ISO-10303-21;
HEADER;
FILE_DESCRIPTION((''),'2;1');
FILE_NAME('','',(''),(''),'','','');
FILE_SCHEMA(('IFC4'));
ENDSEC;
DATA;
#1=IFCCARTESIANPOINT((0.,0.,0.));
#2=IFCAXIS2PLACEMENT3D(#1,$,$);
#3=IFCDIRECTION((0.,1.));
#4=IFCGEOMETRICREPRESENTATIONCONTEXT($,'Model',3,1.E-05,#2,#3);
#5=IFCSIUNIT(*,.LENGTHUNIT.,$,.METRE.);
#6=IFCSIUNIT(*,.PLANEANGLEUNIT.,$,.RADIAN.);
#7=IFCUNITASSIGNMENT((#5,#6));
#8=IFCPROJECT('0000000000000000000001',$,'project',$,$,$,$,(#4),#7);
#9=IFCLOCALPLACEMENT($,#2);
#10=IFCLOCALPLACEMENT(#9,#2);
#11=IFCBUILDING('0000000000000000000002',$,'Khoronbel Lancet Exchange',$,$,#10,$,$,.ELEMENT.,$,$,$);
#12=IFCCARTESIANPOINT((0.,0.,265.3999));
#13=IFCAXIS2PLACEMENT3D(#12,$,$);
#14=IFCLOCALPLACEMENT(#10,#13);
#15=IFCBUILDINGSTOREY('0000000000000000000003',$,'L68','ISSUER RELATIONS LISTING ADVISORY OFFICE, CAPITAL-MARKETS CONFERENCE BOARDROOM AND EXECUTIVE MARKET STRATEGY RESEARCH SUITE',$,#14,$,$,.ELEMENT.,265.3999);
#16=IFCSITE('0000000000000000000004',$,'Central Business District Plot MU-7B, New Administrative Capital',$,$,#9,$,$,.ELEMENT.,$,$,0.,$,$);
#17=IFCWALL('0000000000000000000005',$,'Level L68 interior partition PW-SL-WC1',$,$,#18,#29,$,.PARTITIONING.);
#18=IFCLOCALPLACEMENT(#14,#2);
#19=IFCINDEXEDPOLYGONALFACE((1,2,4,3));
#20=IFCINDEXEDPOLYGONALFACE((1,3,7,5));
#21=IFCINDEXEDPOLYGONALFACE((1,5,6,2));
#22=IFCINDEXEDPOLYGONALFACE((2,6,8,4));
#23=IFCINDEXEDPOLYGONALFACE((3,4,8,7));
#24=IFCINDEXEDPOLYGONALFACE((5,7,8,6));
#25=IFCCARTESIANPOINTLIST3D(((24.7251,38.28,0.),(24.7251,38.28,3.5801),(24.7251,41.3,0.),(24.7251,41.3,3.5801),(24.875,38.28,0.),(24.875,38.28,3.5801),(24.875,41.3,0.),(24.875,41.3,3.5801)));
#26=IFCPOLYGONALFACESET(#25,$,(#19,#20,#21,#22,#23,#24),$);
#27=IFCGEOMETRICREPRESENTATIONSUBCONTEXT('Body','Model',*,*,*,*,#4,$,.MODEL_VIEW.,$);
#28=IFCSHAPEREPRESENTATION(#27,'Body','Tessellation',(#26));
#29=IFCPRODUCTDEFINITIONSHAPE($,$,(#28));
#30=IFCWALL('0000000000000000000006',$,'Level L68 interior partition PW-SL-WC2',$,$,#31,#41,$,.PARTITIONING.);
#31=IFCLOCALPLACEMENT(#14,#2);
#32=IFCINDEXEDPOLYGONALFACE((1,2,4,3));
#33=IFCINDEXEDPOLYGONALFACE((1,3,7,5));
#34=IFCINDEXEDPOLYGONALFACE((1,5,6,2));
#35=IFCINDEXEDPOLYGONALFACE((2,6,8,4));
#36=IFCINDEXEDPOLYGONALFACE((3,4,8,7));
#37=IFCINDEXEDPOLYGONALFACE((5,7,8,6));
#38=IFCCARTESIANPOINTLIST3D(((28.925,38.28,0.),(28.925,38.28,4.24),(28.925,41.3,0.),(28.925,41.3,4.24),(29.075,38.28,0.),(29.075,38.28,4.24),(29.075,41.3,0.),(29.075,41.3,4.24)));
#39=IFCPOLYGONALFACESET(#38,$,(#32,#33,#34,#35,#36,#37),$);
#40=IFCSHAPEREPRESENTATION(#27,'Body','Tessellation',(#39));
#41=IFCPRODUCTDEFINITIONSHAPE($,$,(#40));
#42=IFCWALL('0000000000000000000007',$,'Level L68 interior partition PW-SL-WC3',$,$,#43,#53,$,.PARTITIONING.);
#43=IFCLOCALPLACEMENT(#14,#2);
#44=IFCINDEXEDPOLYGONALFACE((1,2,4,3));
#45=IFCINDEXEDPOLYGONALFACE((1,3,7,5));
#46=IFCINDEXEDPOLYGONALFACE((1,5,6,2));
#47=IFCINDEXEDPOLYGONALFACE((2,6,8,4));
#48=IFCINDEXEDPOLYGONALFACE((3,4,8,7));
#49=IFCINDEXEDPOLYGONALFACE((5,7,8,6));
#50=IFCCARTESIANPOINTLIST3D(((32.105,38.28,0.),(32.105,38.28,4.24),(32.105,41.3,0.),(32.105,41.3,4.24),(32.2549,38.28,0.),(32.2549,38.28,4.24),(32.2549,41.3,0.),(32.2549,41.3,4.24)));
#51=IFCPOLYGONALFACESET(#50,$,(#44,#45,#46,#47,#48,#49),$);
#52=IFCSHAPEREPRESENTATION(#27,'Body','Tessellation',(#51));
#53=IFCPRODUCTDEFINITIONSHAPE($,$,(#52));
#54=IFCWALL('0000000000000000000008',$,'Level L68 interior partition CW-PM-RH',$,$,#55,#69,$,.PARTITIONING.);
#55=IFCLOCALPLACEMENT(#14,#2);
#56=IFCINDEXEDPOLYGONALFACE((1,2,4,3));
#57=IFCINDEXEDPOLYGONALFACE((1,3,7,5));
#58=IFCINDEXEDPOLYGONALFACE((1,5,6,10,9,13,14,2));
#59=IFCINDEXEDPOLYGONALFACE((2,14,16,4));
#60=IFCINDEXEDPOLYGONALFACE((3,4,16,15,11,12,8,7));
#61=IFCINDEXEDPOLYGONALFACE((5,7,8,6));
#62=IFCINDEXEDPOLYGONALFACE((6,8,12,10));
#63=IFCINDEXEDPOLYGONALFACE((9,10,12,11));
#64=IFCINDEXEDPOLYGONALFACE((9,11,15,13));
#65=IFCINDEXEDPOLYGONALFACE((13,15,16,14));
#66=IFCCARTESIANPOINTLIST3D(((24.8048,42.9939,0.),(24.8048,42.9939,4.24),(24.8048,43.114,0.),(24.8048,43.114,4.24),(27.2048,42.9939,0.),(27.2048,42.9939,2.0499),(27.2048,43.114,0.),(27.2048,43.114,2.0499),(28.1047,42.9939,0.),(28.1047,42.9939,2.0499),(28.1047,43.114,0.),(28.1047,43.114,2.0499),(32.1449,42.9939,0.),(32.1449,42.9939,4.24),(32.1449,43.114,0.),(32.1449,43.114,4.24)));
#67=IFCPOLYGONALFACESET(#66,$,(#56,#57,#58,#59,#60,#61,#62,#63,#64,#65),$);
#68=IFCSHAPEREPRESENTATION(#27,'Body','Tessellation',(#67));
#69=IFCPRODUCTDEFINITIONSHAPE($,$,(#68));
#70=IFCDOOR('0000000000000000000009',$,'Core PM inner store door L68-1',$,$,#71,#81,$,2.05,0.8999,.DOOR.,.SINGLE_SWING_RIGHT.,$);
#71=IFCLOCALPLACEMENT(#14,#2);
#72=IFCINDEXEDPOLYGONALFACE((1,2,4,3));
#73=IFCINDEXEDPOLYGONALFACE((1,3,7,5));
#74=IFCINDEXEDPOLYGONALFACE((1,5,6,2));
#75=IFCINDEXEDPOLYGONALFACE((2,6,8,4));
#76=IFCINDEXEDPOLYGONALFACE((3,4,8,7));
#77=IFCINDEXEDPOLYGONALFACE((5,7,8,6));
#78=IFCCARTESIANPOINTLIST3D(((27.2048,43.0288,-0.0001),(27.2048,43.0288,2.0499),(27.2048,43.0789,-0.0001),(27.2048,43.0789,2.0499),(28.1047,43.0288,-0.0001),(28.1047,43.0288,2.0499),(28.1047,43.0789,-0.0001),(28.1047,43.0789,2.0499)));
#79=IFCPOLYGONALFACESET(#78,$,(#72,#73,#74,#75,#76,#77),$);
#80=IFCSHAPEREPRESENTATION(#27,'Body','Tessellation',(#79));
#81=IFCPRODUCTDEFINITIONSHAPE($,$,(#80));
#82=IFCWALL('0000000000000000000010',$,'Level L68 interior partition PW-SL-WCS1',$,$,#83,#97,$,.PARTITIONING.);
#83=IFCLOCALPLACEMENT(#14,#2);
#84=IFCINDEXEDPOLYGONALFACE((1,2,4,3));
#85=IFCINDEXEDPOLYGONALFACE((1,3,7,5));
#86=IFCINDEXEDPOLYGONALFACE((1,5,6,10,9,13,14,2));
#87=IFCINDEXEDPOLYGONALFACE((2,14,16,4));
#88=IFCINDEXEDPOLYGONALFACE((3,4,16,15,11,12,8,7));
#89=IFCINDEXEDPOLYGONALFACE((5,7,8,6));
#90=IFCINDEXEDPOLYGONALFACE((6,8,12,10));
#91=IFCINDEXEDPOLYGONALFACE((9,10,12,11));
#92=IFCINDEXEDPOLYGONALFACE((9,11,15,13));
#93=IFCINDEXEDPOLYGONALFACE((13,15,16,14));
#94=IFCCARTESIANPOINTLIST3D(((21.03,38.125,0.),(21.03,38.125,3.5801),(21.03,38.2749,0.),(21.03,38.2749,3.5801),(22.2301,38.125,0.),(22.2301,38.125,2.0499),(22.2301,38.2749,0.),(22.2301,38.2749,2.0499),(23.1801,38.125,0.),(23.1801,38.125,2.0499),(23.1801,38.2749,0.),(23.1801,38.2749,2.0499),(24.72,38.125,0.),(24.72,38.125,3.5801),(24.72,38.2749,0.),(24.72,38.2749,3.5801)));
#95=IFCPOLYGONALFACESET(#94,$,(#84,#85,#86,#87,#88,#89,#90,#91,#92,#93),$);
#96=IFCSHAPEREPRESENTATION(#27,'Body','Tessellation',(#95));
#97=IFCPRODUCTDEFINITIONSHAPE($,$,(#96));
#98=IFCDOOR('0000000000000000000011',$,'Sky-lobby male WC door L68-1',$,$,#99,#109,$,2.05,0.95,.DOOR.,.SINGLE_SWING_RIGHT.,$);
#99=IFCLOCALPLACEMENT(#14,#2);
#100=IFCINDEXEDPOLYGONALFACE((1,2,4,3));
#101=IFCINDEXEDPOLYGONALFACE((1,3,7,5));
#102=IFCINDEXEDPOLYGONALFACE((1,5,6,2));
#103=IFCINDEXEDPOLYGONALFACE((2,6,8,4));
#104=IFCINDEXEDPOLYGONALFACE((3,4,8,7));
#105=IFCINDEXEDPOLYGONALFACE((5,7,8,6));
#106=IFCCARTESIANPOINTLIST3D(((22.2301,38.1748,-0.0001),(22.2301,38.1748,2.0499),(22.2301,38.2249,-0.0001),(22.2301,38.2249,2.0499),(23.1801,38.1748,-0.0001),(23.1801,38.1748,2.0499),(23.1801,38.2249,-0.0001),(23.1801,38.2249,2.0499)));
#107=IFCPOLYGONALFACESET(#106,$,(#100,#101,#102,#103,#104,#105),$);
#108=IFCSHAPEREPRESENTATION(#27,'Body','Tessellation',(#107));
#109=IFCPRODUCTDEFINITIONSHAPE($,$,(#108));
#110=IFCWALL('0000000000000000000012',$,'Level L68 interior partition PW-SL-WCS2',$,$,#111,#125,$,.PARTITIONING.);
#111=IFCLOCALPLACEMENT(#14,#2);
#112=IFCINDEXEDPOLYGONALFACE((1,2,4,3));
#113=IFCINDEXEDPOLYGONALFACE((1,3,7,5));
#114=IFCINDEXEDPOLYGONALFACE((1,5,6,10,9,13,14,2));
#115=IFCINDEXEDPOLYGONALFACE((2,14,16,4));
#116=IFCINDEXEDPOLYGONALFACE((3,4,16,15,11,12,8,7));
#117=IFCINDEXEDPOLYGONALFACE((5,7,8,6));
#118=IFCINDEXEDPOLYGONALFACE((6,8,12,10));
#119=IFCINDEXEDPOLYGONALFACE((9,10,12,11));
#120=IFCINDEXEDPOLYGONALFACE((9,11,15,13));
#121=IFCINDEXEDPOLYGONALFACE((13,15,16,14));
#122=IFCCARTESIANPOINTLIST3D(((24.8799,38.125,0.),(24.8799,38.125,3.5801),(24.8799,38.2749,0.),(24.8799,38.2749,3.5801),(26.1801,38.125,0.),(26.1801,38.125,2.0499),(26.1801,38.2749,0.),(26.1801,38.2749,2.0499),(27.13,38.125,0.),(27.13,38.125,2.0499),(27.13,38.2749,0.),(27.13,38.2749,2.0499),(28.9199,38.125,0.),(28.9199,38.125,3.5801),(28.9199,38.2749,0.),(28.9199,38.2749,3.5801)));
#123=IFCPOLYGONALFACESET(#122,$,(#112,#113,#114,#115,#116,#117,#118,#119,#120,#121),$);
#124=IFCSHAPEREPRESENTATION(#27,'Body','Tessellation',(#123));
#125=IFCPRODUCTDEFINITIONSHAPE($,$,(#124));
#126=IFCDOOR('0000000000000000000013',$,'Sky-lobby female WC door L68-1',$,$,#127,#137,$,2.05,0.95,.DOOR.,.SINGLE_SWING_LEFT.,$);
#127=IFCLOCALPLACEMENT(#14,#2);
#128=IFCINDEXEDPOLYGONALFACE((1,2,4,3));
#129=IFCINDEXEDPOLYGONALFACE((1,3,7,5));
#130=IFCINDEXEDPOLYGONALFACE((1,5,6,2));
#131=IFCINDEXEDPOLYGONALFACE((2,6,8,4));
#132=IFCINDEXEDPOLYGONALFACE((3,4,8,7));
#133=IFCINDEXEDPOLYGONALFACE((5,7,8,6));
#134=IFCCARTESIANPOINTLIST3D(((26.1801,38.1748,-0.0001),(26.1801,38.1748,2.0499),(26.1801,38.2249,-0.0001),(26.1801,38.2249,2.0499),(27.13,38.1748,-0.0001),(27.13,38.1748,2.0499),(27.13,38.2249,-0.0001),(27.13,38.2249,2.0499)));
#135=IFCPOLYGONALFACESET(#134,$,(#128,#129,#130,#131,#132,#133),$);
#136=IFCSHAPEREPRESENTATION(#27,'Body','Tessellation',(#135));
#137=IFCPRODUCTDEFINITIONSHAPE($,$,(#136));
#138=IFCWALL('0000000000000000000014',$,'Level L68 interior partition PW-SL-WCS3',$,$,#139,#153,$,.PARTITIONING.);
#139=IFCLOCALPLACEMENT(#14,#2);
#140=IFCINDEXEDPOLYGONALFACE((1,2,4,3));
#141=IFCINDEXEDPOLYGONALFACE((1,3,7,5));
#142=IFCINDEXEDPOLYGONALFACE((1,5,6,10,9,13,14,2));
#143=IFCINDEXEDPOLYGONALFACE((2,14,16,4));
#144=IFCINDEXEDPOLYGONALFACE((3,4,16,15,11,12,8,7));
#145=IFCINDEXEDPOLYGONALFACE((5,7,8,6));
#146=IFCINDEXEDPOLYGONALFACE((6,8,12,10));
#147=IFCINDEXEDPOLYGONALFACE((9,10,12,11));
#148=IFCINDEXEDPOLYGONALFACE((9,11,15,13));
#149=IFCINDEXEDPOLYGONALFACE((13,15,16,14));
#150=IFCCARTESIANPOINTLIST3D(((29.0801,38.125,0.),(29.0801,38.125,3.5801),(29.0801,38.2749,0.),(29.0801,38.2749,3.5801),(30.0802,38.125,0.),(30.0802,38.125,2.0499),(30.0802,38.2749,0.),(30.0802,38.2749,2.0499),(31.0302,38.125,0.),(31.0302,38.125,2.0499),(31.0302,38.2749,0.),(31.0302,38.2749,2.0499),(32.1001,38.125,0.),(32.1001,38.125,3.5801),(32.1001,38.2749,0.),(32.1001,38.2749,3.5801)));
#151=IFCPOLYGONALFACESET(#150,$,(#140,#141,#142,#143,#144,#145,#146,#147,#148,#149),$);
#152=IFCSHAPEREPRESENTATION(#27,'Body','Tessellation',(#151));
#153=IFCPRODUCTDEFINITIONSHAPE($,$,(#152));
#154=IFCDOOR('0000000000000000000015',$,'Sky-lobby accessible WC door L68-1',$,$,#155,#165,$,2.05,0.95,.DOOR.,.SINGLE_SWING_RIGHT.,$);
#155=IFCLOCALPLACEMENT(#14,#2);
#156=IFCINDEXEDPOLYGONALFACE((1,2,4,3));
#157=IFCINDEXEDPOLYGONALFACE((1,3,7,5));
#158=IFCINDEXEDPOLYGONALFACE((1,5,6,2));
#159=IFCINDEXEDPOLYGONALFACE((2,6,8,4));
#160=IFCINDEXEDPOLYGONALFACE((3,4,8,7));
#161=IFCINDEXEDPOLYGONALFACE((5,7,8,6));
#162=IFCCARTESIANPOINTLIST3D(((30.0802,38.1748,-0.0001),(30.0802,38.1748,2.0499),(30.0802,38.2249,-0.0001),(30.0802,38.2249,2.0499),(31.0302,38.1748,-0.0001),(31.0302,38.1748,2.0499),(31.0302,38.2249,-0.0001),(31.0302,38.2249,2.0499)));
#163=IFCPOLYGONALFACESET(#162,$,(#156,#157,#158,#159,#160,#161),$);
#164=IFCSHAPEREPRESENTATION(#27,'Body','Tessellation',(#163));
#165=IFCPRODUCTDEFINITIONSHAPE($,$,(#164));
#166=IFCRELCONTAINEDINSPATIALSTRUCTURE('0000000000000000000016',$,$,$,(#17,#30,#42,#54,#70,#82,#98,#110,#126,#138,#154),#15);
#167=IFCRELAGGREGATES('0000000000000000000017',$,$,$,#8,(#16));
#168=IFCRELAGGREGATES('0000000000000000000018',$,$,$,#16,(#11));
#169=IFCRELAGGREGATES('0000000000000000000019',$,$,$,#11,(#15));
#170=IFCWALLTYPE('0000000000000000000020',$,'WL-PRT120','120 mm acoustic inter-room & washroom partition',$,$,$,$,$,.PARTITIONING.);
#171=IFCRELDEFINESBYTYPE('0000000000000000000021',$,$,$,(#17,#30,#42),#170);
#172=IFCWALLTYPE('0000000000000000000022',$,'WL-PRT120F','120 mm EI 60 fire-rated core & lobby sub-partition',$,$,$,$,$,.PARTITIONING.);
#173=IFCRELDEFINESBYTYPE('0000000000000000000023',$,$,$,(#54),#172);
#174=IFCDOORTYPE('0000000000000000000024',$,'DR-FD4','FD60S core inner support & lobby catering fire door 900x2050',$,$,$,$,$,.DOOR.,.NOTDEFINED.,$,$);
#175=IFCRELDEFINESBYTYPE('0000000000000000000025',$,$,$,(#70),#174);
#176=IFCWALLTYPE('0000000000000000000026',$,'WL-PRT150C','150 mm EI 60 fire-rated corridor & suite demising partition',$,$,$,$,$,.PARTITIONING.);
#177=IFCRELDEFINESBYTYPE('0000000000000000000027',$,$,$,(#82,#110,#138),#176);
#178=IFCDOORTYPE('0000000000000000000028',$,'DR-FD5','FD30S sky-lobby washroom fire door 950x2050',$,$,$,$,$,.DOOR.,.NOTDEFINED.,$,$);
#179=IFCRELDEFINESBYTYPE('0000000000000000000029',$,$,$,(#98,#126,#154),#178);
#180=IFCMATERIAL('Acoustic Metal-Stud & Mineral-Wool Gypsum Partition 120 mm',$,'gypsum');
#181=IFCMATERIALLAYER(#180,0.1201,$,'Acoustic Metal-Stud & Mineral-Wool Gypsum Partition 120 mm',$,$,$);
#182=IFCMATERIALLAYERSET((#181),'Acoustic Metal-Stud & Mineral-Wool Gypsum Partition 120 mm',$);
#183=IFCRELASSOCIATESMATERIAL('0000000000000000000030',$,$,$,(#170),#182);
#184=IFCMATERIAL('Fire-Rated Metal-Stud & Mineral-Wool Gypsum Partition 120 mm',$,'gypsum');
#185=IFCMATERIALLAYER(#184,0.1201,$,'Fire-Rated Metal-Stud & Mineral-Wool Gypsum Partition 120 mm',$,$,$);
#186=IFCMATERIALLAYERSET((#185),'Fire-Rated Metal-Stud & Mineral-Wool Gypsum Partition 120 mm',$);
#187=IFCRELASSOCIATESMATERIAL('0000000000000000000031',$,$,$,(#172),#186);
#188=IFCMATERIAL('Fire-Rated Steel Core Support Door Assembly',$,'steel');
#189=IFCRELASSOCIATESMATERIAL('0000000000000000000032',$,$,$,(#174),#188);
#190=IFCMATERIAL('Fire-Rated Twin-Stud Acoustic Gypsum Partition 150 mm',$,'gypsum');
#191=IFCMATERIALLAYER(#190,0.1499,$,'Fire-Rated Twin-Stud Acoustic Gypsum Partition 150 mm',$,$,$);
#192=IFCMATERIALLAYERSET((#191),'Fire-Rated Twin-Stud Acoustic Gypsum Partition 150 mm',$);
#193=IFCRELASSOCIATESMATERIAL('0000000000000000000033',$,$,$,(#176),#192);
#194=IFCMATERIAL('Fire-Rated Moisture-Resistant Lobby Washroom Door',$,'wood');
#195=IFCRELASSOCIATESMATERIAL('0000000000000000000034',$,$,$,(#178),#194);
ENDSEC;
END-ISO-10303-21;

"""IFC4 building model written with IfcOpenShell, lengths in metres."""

from ifc_helpers import new_model, si_unit, direction, frame, frame_2d, origin, place, context, subcontext, project, spatial, rectangle, extrude, material, layer, layer_set, type_object, element, fill, save


model = new_model("IFC4")

# Units and contexts
model_context = context("Model", 3, precision=1e-05, world=origin(), true_north=direction((0.0, 1.0)))
body_context = subcontext(model_context, "Body", "Model", "MODEL_VIEW")
ifc_project = project(units=[si_unit("LENGTHUNIT", "METRE"), si_unit("PLANEANGLEUNIT", "RADIAN")], contexts=[model_context])

# Site, building, storey
site_placement = place(None, origin())
site = spatial("IfcSite", under=ifc_project, at=site_placement, Name="Central Business District Plot MU-7B, New Administrative Capital", CompositionType="ELEMENT", RefElevation=0.0)
building_placement = place(site_placement, origin())
building = spatial("IfcBuilding", under=site, at=building_placement, Name="Khoronbel Lancet Exchange", CompositionType="ELEMENT")
storey_placement = place(building_placement, frame((0.0, 0.0, 265.3999)))
storey = spatial("IfcBuildingStorey", under=building, at=storey_placement, Name="L68", Description="ISSUER RELATIONS LISTING ADVISORY OFFICE, CAPITAL-MARKETS CONFERENCE BOARDROOM AND EXECUTIVE MARKET STRATEGY RESEARCH SUITE", CompositionType="ELEMENT", Elevation=265.3999)

# Walls
ifc_material_1 = material(Name="Acoustic Metal-Stud & Mineral-Wool Gypsum Partition 120 mm", Category="gypsum")
ifc_layer_1 = layer(ifc_material_1, 0.1201, Name="Acoustic Metal-Stud & Mineral-Wool Gypsum Partition 120 mm")
ifc_layer_set_1 = layer_set([ifc_layer_1], Name="Acoustic Metal-Stud & Mineral-Wool Gypsum Partition 120 mm")
wall_type_1 = type_object("IfcWallType", Name="WL-PRT120", Description="120 mm acoustic inter-room & washroom partition", PredefinedType="PARTITIONING", material=ifc_layer_set_1)
wall_1_placement = place(storey_placement, frame((24.8, 38.28, 0.0), z_axis=(0.0, 0.0, 1.0), x_axis=(0.0, 1.0, 0.0)))
element("IfcWall", 1, at=wall_1_placement, inside=storey, type_object=wall_type_1, Name="Level L68 interior partition PW-SL-WC1", PredefinedType="PARTITIONING", context=body_context, shape_type="SweptSolid", body=[
    extrude(rectangle(XDim=3.02, YDim=0.1499, at=frame_2d((1.51, 0.0))), origin(), (0.0, 0.0, 1.0), 3.5801),
])
for number, where, z_axis, x_axis, name in (
    (2, (29.0, 38.28, 0.0), (0.0, 0.0, 1.0), (0.0, 1.0, 0.0), "Level L68 interior partition PW-SL-WC2"),
    (3, (32.1799, 38.28, 0.0), (0.0, 0.0, 1.0), (0.0, 1.0, 0.0), "Level L68 interior partition PW-SL-WC3"),
):
    element("IfcWall", number, at=place(storey_placement, frame(where, z_axis=z_axis, x_axis=x_axis)), inside=storey, type_object=wall_type_1, Name=name, PredefinedType="PARTITIONING", context=body_context, shape_type="SweptSolid", body=[
        extrude(rectangle(XDim=3.02, YDim=0.1499, at=frame_2d((1.51, 0.0))), origin(), (0.0, 0.0, 1.0), 4.24),
    ])

# Walls, openings, doors
ifc_material_2 = material(Name="Fire-Rated Metal-Stud & Mineral-Wool Gypsum Partition 120 mm", Category="gypsum")
ifc_layer_2 = layer(ifc_material_2, 0.1201, Name="Fire-Rated Metal-Stud & Mineral-Wool Gypsum Partition 120 mm")
ifc_layer_set_2 = layer_set([ifc_layer_2], Name="Fire-Rated Metal-Stud & Mineral-Wool Gypsum Partition 120 mm")
wall_type_2 = type_object("IfcWallType", Name="WL-PRT120F", Description="120 mm EI 60 fire-rated core & lobby sub-partition", PredefinedType="PARTITIONING", material=ifc_layer_set_2)
wall_2_placement = place(storey_placement, frame((24.8049, 43.054, 0.0), z_axis=(0.0, 0.0, 1.0), x_axis=(1.0, 0.0, 0.0)))
wall_2 = element("IfcWall", 4, at=wall_2_placement, inside=storey, type_object=wall_type_2, Name="Level L68 interior partition CW-PM-RH", PredefinedType="PARTITIONING", context=body_context, shape_type="SweptSolid", body=[
    extrude(rectangle(XDim=7.3401, YDim=0.1201, at=frame_2d((3.6699, 0.0))), origin(), (0.0, 0.0, 1.0), 4.24),
])
opening_1_placement = place(wall_2_placement, frame((2.3999, 0.0, 0.0)))
opening_1 = element("IfcOpeningElement", 5, at=opening_1_placement, cuts=wall_2, PredefinedType="OPENING", context=body_context, shape_type="SweptSolid", body=[
    extrude(rectangle(XDim=0.8999, YDim=2.05, at=frame_2d((0.45, 1.0249))), frame((0.0, 0.0701, 0.0), z_axis=(0.0, -1.0, 0.0), x_axis=(1.0, 0.0, 0.0)), (0.0, 0.0, 1.0), 0.1401),
])
ifc_material_3 = material(Name="Fire-Rated Steel Core Support Door Assembly", Category="steel")
door_type_1 = type_object("IfcDoorType", Name="DR-FD4", Description="FD60S core inner support & lobby catering fire door 900x2050", OperationType="NOTDEFINED", PredefinedType="DOOR", material=ifc_material_3)
door_1_placement = place(opening_1_placement, origin())
door_1 = element("IfcDoor", 6, at=door_1_placement, inside=storey, type_object=door_type_1, Name="Core PM inner store door L68-1", OperationType="SINGLE_SWING_RIGHT", OverallHeight=2.05, OverallWidth=0.8999, PredefinedType="DOOR", context=body_context, shape_type="SweptSolid", body=[
    extrude(rectangle(XDim=0.8999, YDim=2.05, at=frame_2d((0.45, 1.0249))), frame((0.0, 0.0249, 0.0), z_axis=(0.0, -1.0, 0.0), x_axis=(1.0, 0.0, 0.0)), (0.0, 0.0, 1.0), 0.05),
])
fill(opening_1, door_1)
ifc_material_4 = material(Name="Fire-Rated Twin-Stud Acoustic Gypsum Partition 150 mm", Category="gypsum")
ifc_layer_3 = layer(ifc_material_4, 0.1499, Name="Fire-Rated Twin-Stud Acoustic Gypsum Partition 150 mm")
ifc_layer_set_3 = layer_set([ifc_layer_3], Name="Fire-Rated Twin-Stud Acoustic Gypsum Partition 150 mm")
wall_type_3 = type_object("IfcWallType", Name="WL-PRT150C", Description="150 mm EI 60 fire-rated corridor & suite demising partition", PredefinedType="PARTITIONING", material=ifc_layer_set_3)
wall_3_placement = place(storey_placement, frame((21.03, 38.2, 0.0), z_axis=(0.0, 0.0, 1.0), x_axis=(1.0, 0.0, 0.0)))
wall_3 = element("IfcWall", 7, at=wall_3_placement, inside=storey, type_object=wall_type_3, Name="Level L68 interior partition PW-SL-WCS1", PredefinedType="PARTITIONING", context=body_context, shape_type="SweptSolid", body=[
    extrude(rectangle(XDim=3.6899, YDim=0.1499, at=frame_2d((1.845, 0.0))), origin(), (0.0, 0.0, 1.0), 3.5801),
])
opening_2_placement = place(wall_3_placement, frame((1.2, 0.0, 0.0)))
opening_2 = element("IfcOpeningElement", 8, at=opening_2_placement, cuts=wall_3, PredefinedType="OPENING", context=body_context, shape_type="SweptSolid", body=[
    extrude(rectangle(XDim=0.95, YDim=2.05, at=frame_2d((0.4751, 1.0249))), frame((0.0, 0.085, 0.0), z_axis=(0.0, -1.0, 0.0), x_axis=(1.0, 0.0, 0.0)), (0.0, 0.0, 1.0), 0.1699),
])
ifc_material_5 = material(Name="Fire-Rated Moisture-Resistant Lobby Washroom Door", Category="wood")
door_type_2 = type_object("IfcDoorType", Name="DR-FD5", Description="FD30S sky-lobby washroom fire door 950x2050", OperationType="NOTDEFINED", PredefinedType="DOOR", material=ifc_material_5)
door_2_placement = place(opening_2_placement, origin())
door_2 = element("IfcDoor", 9, at=door_2_placement, inside=storey, type_object=door_type_2, Name="Sky-lobby male WC door L68-1", OperationType="SINGLE_SWING_RIGHT", OverallHeight=2.05, OverallWidth=0.95, PredefinedType="DOOR", context=body_context, shape_type="SweptSolid", body=[
    extrude(rectangle(XDim=0.95, YDim=2.05, at=frame_2d((0.4751, 1.0249))), frame((0.0, 0.0249, 0.0), z_axis=(0.0, -1.0, 0.0), x_axis=(1.0, 0.0, 0.0)), (0.0, 0.0, 1.0), 0.05),
])
fill(opening_2, door_2)
wall_4_placement = place(storey_placement, frame((24.8799, 38.2, 0.0), z_axis=(0.0, 0.0, 1.0), x_axis=(1.0, 0.0, 0.0)))
wall_4 = element("IfcWall", 10, at=wall_4_placement, inside=storey, type_object=wall_type_3, Name="Level L68 interior partition PW-SL-WCS2", PredefinedType="PARTITIONING", context=body_context, shape_type="SweptSolid", body=[
    extrude(rectangle(XDim=4.04, YDim=0.1499, at=frame_2d((2.02, 0.0))), origin(), (0.0, 0.0, 1.0), 3.5801),
])
opening_3_placement = place(wall_4_placement, frame((1.3, 0.0, 0.0)))
opening_3 = element("IfcOpeningElement", 11, at=opening_3_placement, cuts=wall_4, PredefinedType="OPENING", context=body_context, shape_type="SweptSolid", body=[
    extrude(rectangle(XDim=0.95, YDim=2.05, at=frame_2d((0.4751, 1.0249))), frame((0.0, 0.085, 0.0), z_axis=(0.0, -1.0, 0.0), x_axis=(1.0, 0.0, 0.0)), (0.0, 0.0, 1.0), 0.1699),
])
door_3_placement = place(opening_3_placement, origin())
door_3 = element("IfcDoor", 12, at=door_3_placement, inside=storey, type_object=door_type_2, Name="Sky-lobby female WC door L68-1", OperationType="SINGLE_SWING_LEFT", OverallHeight=2.05, OverallWidth=0.95, PredefinedType="DOOR", context=body_context, shape_type="SweptSolid", body=[
    extrude(rectangle(XDim=0.95, YDim=2.05, at=frame_2d((0.4751, 1.0249))), frame((0.0, 0.0249, 0.0), z_axis=(0.0, -1.0, 0.0), x_axis=(1.0, 0.0, 0.0)), (0.0, 0.0, 1.0), 0.05),
])
fill(opening_3, door_3)
wall_5_placement = place(storey_placement, frame((29.0801, 38.2, 0.0), z_axis=(0.0, 0.0, 1.0), x_axis=(1.0, 0.0, 0.0)))
wall_5 = element("IfcWall", 13, at=wall_5_placement, inside=storey, type_object=wall_type_3, Name="Level L68 interior partition PW-SL-WCS3", PredefinedType="PARTITIONING", context=body_context, shape_type="SweptSolid", body=[
    extrude(rectangle(XDim=3.02, YDim=0.1499, at=frame_2d((1.51, 0.0))), origin(), (0.0, 0.0, 1.0), 3.5801),
])
opening_4_placement = place(wall_5_placement, frame((1.0, 0.0, 0.0)))
opening_4 = element("IfcOpeningElement", 14, at=opening_4_placement, cuts=wall_5, PredefinedType="OPENING", context=body_context, shape_type="SweptSolid", body=[
    extrude(rectangle(XDim=0.95, YDim=2.05, at=frame_2d((0.4751, 1.0249))), frame((0.0, 0.085, 0.0), z_axis=(0.0, -1.0, 0.0), x_axis=(1.0, 0.0, 0.0)), (0.0, 0.0, 1.0), 0.1699),
])
door_4_placement = place(opening_4_placement, origin())
door_4 = element("IfcDoor", 15, at=door_4_placement, inside=storey, type_object=door_type_2, Name="Sky-lobby accessible WC door L68-1", OperationType="SINGLE_SWING_RIGHT", OverallHeight=2.05, OverallWidth=0.95, PredefinedType="DOOR", context=body_context, shape_type="SweptSolid", body=[
    extrude(rectangle(XDim=0.95, YDim=2.05, at=frame_2d((0.4751, 1.0249))), frame((0.0, 0.0249, 0.0), z_axis=(0.0, -1.0, 0.0), x_axis=(1.0, 0.0, 0.0)), (0.0, 0.0, 1.0), 0.05),
])
fill(opening_4, door_4)

save(model, "model.ifc")
